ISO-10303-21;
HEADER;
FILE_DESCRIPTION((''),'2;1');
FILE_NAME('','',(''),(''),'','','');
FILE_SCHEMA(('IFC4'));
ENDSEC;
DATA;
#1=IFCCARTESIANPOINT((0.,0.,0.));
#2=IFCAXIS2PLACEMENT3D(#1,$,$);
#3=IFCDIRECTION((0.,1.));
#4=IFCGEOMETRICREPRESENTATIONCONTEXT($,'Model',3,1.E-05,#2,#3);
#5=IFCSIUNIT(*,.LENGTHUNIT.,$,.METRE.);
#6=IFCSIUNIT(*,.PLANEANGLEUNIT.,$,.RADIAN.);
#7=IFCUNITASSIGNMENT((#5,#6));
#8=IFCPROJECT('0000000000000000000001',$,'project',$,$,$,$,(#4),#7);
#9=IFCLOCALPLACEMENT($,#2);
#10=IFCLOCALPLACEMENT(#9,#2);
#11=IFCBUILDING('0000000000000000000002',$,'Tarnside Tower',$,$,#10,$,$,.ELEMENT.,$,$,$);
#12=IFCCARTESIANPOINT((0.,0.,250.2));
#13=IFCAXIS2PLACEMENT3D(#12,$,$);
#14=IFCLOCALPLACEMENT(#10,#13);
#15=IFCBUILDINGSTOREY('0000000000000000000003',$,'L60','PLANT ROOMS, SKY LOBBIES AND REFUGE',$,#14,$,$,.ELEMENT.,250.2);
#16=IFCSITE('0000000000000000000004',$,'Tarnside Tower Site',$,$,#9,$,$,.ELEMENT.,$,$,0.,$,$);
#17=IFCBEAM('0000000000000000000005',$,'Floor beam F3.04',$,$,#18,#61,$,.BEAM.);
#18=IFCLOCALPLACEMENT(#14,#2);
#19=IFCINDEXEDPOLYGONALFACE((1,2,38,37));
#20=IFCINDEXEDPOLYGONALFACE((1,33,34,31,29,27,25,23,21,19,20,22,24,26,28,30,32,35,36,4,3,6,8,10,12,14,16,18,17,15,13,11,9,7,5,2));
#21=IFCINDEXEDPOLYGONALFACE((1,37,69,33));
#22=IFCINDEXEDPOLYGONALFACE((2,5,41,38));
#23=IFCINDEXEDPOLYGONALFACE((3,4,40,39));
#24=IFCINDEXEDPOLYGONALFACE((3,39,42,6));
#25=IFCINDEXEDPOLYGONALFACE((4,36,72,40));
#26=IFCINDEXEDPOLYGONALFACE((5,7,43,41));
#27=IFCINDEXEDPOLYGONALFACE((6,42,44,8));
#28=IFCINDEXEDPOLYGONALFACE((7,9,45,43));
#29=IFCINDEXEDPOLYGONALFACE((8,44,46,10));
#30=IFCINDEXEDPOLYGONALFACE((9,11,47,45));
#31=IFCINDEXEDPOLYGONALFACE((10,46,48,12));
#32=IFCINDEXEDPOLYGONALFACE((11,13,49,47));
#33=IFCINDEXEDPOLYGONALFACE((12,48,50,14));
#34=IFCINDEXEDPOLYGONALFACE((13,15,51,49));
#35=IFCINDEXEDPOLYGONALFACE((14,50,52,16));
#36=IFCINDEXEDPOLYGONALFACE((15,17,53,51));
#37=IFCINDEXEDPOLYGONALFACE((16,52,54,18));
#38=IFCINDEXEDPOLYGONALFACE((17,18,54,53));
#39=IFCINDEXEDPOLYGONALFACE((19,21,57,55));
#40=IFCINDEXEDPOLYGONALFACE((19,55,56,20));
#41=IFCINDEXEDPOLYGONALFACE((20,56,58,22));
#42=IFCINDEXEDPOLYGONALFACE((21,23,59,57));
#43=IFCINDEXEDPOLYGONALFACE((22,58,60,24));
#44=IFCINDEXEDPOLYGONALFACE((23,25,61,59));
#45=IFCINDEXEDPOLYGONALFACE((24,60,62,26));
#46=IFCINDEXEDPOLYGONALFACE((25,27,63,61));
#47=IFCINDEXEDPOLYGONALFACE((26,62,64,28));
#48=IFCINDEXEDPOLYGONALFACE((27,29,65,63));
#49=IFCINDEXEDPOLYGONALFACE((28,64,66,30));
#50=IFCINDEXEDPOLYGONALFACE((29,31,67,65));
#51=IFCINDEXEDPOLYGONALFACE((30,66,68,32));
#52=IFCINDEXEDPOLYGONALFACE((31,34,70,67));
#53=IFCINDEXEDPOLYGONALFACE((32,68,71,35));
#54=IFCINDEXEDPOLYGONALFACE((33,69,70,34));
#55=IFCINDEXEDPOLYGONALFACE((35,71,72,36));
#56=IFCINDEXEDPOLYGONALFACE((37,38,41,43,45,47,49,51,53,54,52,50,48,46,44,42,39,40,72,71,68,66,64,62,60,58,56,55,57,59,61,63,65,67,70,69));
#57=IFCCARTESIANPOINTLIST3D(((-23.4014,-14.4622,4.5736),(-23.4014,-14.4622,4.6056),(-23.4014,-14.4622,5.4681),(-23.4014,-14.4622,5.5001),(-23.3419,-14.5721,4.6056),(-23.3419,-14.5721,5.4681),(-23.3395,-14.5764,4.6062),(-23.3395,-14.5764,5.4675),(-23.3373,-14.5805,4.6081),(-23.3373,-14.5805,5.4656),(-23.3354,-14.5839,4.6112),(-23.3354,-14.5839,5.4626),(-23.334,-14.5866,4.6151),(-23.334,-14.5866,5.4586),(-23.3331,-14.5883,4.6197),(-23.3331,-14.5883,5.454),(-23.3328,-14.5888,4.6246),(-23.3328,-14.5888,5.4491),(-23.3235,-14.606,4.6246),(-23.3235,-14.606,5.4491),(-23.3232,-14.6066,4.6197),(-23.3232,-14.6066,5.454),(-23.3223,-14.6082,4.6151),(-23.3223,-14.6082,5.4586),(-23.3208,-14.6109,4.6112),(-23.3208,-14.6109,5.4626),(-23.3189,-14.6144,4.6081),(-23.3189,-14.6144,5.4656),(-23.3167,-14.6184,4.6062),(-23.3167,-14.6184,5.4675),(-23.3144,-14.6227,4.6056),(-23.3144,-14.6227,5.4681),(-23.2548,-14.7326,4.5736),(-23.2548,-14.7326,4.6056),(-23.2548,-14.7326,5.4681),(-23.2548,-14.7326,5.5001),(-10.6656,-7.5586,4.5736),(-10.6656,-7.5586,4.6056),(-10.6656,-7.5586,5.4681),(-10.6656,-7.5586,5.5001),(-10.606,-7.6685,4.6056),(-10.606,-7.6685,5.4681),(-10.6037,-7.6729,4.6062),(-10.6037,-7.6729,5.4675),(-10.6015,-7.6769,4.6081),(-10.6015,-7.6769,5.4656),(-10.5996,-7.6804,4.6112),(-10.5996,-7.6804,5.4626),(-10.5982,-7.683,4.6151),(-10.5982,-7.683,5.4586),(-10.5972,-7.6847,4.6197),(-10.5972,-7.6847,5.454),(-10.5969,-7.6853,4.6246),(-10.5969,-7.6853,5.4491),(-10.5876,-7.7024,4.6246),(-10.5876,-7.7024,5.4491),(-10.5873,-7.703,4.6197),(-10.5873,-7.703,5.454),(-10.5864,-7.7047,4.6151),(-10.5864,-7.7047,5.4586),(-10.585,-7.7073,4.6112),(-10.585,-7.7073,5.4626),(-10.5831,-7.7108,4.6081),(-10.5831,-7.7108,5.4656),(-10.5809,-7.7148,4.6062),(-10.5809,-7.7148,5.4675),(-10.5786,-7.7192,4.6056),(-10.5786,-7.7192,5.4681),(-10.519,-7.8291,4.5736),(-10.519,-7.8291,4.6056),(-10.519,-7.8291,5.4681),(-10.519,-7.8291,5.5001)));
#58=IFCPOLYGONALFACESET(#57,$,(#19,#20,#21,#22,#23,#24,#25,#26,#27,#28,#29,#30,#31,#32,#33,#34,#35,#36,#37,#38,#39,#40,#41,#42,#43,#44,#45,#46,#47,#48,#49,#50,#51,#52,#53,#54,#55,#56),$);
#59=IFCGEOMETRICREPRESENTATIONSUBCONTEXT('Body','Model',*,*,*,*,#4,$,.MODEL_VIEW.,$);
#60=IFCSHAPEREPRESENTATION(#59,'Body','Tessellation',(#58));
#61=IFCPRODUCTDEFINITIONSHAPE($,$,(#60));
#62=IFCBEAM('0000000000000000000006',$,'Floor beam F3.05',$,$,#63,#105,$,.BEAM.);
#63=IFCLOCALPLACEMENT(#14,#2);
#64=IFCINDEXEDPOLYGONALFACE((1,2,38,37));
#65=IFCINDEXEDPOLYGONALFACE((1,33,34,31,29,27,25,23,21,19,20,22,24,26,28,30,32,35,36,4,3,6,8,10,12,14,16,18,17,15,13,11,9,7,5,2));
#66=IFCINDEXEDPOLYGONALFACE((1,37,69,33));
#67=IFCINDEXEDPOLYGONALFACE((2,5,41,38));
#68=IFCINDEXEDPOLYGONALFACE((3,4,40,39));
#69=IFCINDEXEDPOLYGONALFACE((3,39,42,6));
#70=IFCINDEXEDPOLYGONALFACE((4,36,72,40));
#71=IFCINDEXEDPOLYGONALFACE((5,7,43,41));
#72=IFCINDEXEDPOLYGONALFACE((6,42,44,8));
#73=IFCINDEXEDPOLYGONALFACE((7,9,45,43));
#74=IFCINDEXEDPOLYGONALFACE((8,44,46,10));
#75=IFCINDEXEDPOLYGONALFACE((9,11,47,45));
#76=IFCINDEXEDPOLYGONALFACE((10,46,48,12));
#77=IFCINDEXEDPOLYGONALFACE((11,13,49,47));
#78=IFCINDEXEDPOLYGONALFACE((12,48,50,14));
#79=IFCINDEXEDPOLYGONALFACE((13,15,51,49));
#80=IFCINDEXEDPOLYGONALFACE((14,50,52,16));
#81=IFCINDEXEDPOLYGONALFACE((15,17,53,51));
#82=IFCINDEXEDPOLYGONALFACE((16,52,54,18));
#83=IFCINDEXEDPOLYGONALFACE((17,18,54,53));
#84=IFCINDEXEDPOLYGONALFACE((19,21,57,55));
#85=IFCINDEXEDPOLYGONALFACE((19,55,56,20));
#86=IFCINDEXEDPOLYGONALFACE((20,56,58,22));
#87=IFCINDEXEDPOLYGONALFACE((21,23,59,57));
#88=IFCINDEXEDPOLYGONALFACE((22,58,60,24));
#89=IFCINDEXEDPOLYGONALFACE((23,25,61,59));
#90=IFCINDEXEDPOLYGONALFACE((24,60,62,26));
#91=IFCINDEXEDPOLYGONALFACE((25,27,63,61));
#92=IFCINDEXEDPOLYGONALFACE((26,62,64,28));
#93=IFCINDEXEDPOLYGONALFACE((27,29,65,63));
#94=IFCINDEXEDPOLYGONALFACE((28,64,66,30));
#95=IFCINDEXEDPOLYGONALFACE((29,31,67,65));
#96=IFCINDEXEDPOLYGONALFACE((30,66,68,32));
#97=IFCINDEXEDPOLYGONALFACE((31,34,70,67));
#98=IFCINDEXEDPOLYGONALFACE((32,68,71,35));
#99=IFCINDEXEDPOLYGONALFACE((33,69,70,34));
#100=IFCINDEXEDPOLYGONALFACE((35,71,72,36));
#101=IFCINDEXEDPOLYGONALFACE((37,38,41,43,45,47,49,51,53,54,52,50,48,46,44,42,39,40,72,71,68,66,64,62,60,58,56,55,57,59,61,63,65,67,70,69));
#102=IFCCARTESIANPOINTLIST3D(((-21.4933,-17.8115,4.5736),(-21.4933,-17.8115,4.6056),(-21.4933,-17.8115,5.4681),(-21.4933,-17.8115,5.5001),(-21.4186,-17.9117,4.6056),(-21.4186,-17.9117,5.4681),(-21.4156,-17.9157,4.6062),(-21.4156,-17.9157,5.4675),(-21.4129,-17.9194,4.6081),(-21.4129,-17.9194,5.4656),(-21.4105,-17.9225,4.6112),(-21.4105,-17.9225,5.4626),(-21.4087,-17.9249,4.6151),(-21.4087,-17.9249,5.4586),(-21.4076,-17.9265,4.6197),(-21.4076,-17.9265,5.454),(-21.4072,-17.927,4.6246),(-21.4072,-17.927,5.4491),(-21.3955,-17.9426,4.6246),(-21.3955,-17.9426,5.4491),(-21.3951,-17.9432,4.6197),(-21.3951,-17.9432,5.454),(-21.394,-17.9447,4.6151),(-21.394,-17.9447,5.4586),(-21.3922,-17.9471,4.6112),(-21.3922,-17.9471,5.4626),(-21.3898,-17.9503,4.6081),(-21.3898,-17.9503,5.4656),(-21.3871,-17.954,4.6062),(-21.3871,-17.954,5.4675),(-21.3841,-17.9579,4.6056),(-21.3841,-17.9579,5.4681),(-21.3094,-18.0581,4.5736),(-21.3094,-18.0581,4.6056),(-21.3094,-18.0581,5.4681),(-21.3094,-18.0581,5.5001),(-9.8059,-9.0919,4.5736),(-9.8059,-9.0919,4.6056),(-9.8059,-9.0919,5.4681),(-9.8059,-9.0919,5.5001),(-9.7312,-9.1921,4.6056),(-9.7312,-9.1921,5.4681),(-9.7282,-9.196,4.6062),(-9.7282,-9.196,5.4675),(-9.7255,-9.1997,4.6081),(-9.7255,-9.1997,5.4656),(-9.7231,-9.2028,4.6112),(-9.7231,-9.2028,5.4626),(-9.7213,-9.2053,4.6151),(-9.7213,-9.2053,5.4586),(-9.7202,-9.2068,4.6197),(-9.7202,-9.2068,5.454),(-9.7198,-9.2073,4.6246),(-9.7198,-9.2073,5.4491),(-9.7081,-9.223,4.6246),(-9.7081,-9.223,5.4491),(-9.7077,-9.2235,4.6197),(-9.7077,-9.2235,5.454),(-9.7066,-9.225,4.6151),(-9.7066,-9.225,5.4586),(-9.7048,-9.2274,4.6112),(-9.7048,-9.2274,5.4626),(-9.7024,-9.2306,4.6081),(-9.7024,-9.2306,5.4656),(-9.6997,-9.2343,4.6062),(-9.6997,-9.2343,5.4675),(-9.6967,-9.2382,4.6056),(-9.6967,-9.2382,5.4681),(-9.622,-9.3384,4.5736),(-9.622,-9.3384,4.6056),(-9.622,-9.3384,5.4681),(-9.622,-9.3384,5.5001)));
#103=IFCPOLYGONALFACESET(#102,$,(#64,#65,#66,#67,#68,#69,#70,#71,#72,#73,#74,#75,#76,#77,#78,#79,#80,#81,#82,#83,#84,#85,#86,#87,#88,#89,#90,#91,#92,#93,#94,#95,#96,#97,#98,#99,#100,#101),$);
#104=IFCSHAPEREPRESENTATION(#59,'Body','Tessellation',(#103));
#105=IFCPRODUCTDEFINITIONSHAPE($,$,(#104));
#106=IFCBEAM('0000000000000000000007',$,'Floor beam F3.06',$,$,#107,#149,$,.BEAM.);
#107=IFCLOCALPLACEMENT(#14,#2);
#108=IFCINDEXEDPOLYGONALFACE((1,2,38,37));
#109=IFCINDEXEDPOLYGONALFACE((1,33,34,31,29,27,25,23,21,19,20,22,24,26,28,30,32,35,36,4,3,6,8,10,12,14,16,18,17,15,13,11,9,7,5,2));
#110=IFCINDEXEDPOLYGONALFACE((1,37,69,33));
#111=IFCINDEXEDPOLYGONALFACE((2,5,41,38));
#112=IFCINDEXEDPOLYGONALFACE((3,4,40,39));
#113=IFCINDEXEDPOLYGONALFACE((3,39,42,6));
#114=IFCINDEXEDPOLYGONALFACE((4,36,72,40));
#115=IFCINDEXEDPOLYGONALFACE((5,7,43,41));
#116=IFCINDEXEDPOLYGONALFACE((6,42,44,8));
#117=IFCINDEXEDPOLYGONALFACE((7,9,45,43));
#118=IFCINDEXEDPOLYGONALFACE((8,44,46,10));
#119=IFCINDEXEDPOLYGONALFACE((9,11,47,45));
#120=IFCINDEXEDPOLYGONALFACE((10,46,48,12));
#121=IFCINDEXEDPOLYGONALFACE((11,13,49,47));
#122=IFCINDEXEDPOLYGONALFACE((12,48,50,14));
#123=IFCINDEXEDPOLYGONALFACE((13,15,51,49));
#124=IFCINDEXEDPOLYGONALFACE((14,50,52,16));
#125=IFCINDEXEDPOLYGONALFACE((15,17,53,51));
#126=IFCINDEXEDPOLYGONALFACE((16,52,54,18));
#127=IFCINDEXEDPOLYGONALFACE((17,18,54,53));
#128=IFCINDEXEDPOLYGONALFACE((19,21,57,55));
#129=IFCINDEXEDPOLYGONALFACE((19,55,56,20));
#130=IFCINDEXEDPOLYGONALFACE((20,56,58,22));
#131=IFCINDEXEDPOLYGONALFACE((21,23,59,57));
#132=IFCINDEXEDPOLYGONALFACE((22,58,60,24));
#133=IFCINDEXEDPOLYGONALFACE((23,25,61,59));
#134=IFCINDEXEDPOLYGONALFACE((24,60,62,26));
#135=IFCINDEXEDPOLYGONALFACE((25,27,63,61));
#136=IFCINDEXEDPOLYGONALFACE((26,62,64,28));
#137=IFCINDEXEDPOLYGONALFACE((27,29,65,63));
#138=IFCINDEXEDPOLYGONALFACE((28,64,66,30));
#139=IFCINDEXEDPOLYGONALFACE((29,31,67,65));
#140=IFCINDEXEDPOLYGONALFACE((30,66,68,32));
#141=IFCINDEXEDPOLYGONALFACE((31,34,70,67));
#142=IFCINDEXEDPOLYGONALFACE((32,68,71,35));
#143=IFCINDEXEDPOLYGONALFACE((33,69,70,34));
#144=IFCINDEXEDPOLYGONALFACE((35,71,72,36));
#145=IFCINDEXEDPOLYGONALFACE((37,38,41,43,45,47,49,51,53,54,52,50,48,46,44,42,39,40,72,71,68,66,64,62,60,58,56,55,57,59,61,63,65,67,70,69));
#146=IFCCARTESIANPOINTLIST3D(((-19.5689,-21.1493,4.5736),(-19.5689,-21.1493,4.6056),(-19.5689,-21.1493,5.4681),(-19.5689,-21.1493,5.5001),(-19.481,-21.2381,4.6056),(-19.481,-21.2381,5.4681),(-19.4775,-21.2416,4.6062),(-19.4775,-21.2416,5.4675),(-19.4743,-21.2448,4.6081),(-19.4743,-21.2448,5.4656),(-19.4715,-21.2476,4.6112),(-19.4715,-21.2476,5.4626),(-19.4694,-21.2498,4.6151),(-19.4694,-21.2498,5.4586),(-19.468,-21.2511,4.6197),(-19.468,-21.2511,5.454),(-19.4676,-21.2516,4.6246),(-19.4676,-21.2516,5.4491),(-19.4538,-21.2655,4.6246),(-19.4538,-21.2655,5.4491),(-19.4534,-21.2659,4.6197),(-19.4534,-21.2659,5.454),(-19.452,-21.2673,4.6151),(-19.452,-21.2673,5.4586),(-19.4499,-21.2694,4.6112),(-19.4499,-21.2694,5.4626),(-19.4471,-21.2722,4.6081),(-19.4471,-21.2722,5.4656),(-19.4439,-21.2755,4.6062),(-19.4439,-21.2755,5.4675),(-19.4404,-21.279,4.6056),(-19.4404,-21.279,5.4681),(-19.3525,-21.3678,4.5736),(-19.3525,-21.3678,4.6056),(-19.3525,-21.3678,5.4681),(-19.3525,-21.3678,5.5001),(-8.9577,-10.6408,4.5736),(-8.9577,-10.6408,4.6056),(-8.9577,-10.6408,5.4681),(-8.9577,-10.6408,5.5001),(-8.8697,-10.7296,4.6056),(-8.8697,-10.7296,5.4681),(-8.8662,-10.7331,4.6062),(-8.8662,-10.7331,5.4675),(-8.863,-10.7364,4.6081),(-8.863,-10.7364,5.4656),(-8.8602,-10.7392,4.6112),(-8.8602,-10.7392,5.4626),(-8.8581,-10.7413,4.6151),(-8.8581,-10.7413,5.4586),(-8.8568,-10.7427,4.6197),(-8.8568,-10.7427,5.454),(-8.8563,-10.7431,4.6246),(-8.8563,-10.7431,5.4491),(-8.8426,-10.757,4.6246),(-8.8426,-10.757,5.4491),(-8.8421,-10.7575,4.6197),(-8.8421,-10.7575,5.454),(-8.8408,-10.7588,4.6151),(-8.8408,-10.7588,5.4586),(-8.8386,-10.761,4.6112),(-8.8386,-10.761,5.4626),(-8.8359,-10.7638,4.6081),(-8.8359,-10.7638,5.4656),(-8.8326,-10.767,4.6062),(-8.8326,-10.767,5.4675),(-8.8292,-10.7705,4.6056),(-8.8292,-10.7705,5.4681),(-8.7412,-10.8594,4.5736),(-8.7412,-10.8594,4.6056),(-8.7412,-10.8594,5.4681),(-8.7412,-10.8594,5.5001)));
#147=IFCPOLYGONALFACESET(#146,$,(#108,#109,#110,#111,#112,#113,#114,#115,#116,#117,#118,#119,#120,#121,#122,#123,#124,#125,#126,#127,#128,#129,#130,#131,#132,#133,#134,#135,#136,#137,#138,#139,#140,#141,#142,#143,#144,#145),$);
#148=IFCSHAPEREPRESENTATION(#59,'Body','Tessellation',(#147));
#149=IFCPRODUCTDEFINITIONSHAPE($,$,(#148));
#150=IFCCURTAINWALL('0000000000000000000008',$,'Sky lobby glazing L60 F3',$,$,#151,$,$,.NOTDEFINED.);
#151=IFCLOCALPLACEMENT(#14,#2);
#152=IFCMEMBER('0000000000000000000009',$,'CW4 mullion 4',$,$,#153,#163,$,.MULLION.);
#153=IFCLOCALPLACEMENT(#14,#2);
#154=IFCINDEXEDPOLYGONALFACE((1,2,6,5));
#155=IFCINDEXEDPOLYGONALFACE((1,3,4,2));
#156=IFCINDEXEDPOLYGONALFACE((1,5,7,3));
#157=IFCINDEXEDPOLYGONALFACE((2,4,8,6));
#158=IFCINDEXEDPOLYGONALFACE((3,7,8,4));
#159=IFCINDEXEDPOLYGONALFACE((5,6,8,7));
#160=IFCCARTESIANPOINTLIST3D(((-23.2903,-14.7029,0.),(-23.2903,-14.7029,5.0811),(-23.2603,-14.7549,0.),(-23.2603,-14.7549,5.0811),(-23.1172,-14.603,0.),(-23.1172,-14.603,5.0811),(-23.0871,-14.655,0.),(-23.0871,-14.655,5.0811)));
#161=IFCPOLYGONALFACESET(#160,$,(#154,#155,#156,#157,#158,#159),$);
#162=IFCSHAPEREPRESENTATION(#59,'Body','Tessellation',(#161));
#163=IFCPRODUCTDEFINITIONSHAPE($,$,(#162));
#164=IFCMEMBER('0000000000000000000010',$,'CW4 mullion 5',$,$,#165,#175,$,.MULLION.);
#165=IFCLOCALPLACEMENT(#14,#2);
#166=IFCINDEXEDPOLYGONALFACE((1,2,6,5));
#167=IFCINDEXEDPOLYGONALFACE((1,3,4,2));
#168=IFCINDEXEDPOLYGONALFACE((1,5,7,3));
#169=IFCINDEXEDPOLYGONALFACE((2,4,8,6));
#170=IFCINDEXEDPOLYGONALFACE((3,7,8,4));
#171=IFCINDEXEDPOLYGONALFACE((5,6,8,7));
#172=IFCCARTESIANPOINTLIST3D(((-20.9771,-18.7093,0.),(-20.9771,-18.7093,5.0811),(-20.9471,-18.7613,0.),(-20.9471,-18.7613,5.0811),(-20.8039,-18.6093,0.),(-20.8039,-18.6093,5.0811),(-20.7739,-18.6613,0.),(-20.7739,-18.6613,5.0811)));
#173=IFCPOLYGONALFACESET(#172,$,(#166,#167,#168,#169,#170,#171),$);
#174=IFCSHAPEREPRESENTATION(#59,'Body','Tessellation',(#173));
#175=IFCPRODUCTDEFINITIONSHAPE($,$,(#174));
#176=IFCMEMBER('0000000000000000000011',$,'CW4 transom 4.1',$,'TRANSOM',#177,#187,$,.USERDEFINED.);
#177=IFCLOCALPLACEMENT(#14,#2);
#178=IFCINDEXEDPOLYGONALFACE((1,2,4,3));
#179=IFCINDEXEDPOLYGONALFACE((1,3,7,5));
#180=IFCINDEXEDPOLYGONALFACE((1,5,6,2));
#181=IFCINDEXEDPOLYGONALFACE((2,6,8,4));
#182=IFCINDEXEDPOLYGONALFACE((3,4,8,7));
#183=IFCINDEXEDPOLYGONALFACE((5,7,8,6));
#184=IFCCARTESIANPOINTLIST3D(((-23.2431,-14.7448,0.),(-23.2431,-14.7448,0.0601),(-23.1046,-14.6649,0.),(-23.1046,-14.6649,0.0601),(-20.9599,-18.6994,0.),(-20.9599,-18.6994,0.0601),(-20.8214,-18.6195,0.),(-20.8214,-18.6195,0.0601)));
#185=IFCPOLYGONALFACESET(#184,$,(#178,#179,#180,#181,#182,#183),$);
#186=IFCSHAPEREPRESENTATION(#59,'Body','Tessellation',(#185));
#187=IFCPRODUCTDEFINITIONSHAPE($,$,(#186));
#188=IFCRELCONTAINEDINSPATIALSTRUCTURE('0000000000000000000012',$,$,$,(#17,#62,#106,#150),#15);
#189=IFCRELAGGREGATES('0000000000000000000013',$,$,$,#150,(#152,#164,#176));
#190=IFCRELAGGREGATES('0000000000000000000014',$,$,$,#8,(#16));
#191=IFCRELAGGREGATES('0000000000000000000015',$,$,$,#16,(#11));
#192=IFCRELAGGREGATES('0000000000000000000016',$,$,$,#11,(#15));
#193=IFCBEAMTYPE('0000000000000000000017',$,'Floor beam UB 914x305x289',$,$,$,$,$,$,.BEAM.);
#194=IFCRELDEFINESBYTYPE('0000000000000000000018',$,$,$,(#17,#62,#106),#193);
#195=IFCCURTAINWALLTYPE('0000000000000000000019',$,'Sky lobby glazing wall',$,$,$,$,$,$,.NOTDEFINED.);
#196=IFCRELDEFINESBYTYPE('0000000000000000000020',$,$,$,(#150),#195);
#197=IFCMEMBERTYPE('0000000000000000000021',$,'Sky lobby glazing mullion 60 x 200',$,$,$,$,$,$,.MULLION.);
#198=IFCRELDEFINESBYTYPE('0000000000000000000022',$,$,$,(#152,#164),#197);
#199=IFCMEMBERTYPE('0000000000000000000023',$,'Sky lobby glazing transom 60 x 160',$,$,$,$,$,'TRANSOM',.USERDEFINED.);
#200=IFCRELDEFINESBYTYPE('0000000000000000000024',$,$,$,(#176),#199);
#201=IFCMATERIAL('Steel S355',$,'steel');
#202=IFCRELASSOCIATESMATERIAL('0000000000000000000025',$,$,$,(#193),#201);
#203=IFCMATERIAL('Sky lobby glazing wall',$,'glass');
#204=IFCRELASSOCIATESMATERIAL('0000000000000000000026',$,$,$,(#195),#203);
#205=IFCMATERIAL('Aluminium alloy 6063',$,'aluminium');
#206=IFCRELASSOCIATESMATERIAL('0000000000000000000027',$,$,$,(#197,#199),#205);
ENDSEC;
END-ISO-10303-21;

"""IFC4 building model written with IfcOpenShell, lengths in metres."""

from ifc_helpers import new_model, si_unit, direction, frame, origin, origin_2d, place, context, subcontext, project, spatial, rectangle, i_section, extrude, material, material_profile, profile_set, type_object, element, aggregate, save


model = new_model("IFC4")

# Units and contexts
model_context = context("Model", 3, precision=1e-05, world=origin(), true_north=direction((0.0, 1.0)))
body_context = subcontext(model_context, "Body", "Model", "MODEL_VIEW")
ifc_project = project(units=[si_unit("LENGTHUNIT", "METRE"), si_unit("PLANEANGLEUNIT", "RADIAN")], contexts=[model_context])

# Site, building, storey
site_placement = place(None, origin())
site = spatial("IfcSite", under=ifc_project, at=site_placement, Name="Tarnside Tower Site", CompositionType="ELEMENT", RefElevation=0.0)
building_placement = place(site_placement, origin())
building = spatial("IfcBuilding", under=site, at=building_placement, Name="Tarnside Tower", CompositionType="ELEMENT")
storey_placement = place(building_placement, frame((0.0, 0.0, 250.2)))
storey = spatial("IfcBuildingStorey", under=building, at=storey_placement, Name="L60", Description="PLANT ROOMS, SKY LOBBIES AND REFUGE", CompositionType="ELEMENT", Elevation=250.2)

# Beams
ifc_material_1 = material(Name="Steel S355", Category="steel")
ifc_material_profile_1 = material_profile(ifc_material_1, i_section(OverallWidth=0.3076, OverallDepth=0.9265, WebThickness=0.0195, FlangeThickness=0.032, FilletRadius=0.019, at=origin_2d()), Name="UB 914x305x289")
ifc_profile_set_1 = profile_set([ifc_material_profile_1], Name="Steel S355")
beam_type = type_object("IfcBeamType", Name="Floor beam UB 914x305x289", PredefinedType="BEAM", material=ifc_profile_set_1)
beam_1_placement = place(storey_placement, frame((-23.3281, -14.5974, 5.0369), z_axis=(0.879148, 0.476549, 0.0), x_axis=(-0.476549, 0.879148, 0.0)))
element("IfcBeam", 1, at=beam_1_placement, inside=storey, type_object=beam_type, Name="Floor beam F3.04", PredefinedType="BEAM", context=body_context, shape_type="SweptSolid", body=[
    extrude(i_section(OverallWidth=0.3076, OverallDepth=0.9265, WebThickness=0.0195, FlangeThickness=0.032, FilletRadius=0.019, at=origin_2d()), origin(), (0.0, 0.0, 1.0), 14.4866),
])
beam_2_placement = place(storey_placement, frame((-21.4014, -17.9348, 5.0369), z_axis=(0.801508, 0.597984, 0.0), x_axis=(-0.597984, 0.801508, 0.0)))
element("IfcBeam", 2, at=beam_2_placement, inside=storey, type_object=beam_type, Name="Floor beam F3.05", PredefinedType="BEAM", context=body_context, shape_type="SweptSolid", body=[
    extrude(i_section(OverallWidth=0.3076, OverallDepth=0.9265, WebThickness=0.0195, FlangeThickness=0.032, FilletRadius=0.019, at=origin_2d()), origin(), (0.0, 0.0, 1.0), 14.5818),
])
beam_3_placement = place(storey_placement, frame((-19.4607, -21.2585, 5.0369), z_axis=(0.71054, 0.703657, 0.0), x_axis=(-0.703657, 0.71054, 0.0)))
element("IfcBeam", 3, at=beam_3_placement, inside=storey, type_object=beam_type, Name="Floor beam F3.06", PredefinedType="BEAM", context=body_context, shape_type="SweptSolid", body=[
    extrude(i_section(OverallWidth=0.3076, OverallDepth=0.9265, WebThickness=0.0195, FlangeThickness=0.032, FilletRadius=0.019, at=origin_2d()), origin(), (0.0, 0.0, 1.0), 14.9341),
])

# Curtain wall, members
ifc_material_2 = material(Name="Sky lobby glazing wall", Category="glass")
curtain_wall_type = type_object("IfcCurtainWallType", Name="Sky lobby glazing wall", PredefinedType="NOTDEFINED", material=ifc_material_2)
curtain_wall_placement = place(storey_placement, origin())
curtain_wall = element("IfcCurtainWall", 4, at=curtain_wall_placement, inside=storey, type_object=curtain_wall_type, Name="Sky lobby glazing L60 F3", PredefinedType="NOTDEFINED")
ifc_material_3 = material(Name="Aluminium alloy 6063", Category="aluminium")
ifc_material_profile_2 = material_profile(ifc_material_3, rectangle(XDim=0.2, YDim=0.0601, at=origin_2d()), Name="Sky lobby glazing mullion 60 x 200")
ifc_profile_set_2 = profile_set([ifc_material_profile_2], Name="Aluminium alloy 6063")
member_type_1 = type_object("IfcMemberType", Name="Sky lobby glazing mullion 60 x 200", PredefinedType="MULLION", material=ifc_profile_set_2)
member_1_placement = place(storey_placement, frame((-23.1887, -14.679, 0.0), z_axis=(0.0, 0.0, 1.0), x_axis=(0.866025, 0.5, 0.0)))
member_1 = element("IfcMember", 5, at=member_1_placement, type_object=member_type_1, Name="CW4 mullion 4", PredefinedType="MULLION", context=body_context, shape_type="SweptSolid", body=[
    extrude(rectangle(XDim=0.2, YDim=0.0601, at=origin_2d()), origin(), (0.0, 0.0, 1.0), 5.0811),
])
member_2_placement = place(storey_placement, frame((-20.8755, -18.6853, 0.0), z_axis=(0.0, 0.0, 1.0), x_axis=(0.866025, 0.5, 0.0)))
member_2 = element("IfcMember", 6, at=member_2_placement, type_object=member_type_1, Name="CW4 mullion 5", PredefinedType="MULLION", context=body_context, shape_type="SweptSolid", body=[
    extrude(rectangle(XDim=0.2, YDim=0.0601, at=origin_2d()), origin(), (0.0, 0.0, 1.0), 5.0811),
])
ifc_material_profile_3 = material_profile(ifc_material_3, rectangle(XDim=0.1599, YDim=0.0601, at=origin_2d()), Name="Sky lobby glazing transom 60 x 160")
ifc_profile_set_3 = profile_set([ifc_material_profile_3], Name="Aluminium alloy 6063")
member_type_2 = type_object("IfcMemberType", Name="Sky lobby glazing transom 60 x 160", ElementType="TRANSOM", PredefinedType="USERDEFINED", material=ifc_profile_set_3)
member_3_placement = place(storey_placement, frame((-23.1738, -14.7048, 0.03), z_axis=(0.500003, -0.866024, 0.0), x_axis=(0.866024, 0.500003, 0.0)))
member_3 = element("IfcMember", 7, at=member_3_placement, type_object=member_type_2, Name="CW4 transom 4.1", ObjectType="TRANSOM", PredefinedType="USERDEFINED", context=body_context, shape_type="SweptSolid", body=[
    extrude(rectangle(XDim=0.1599, YDim=0.0601, at=origin_2d()), origin(), (0.0, 0.0, 1.0), 4.5664),
])

aggregate(curtain_wall, [member_1, member_2, member_3])

save(model, "model.ifc")
